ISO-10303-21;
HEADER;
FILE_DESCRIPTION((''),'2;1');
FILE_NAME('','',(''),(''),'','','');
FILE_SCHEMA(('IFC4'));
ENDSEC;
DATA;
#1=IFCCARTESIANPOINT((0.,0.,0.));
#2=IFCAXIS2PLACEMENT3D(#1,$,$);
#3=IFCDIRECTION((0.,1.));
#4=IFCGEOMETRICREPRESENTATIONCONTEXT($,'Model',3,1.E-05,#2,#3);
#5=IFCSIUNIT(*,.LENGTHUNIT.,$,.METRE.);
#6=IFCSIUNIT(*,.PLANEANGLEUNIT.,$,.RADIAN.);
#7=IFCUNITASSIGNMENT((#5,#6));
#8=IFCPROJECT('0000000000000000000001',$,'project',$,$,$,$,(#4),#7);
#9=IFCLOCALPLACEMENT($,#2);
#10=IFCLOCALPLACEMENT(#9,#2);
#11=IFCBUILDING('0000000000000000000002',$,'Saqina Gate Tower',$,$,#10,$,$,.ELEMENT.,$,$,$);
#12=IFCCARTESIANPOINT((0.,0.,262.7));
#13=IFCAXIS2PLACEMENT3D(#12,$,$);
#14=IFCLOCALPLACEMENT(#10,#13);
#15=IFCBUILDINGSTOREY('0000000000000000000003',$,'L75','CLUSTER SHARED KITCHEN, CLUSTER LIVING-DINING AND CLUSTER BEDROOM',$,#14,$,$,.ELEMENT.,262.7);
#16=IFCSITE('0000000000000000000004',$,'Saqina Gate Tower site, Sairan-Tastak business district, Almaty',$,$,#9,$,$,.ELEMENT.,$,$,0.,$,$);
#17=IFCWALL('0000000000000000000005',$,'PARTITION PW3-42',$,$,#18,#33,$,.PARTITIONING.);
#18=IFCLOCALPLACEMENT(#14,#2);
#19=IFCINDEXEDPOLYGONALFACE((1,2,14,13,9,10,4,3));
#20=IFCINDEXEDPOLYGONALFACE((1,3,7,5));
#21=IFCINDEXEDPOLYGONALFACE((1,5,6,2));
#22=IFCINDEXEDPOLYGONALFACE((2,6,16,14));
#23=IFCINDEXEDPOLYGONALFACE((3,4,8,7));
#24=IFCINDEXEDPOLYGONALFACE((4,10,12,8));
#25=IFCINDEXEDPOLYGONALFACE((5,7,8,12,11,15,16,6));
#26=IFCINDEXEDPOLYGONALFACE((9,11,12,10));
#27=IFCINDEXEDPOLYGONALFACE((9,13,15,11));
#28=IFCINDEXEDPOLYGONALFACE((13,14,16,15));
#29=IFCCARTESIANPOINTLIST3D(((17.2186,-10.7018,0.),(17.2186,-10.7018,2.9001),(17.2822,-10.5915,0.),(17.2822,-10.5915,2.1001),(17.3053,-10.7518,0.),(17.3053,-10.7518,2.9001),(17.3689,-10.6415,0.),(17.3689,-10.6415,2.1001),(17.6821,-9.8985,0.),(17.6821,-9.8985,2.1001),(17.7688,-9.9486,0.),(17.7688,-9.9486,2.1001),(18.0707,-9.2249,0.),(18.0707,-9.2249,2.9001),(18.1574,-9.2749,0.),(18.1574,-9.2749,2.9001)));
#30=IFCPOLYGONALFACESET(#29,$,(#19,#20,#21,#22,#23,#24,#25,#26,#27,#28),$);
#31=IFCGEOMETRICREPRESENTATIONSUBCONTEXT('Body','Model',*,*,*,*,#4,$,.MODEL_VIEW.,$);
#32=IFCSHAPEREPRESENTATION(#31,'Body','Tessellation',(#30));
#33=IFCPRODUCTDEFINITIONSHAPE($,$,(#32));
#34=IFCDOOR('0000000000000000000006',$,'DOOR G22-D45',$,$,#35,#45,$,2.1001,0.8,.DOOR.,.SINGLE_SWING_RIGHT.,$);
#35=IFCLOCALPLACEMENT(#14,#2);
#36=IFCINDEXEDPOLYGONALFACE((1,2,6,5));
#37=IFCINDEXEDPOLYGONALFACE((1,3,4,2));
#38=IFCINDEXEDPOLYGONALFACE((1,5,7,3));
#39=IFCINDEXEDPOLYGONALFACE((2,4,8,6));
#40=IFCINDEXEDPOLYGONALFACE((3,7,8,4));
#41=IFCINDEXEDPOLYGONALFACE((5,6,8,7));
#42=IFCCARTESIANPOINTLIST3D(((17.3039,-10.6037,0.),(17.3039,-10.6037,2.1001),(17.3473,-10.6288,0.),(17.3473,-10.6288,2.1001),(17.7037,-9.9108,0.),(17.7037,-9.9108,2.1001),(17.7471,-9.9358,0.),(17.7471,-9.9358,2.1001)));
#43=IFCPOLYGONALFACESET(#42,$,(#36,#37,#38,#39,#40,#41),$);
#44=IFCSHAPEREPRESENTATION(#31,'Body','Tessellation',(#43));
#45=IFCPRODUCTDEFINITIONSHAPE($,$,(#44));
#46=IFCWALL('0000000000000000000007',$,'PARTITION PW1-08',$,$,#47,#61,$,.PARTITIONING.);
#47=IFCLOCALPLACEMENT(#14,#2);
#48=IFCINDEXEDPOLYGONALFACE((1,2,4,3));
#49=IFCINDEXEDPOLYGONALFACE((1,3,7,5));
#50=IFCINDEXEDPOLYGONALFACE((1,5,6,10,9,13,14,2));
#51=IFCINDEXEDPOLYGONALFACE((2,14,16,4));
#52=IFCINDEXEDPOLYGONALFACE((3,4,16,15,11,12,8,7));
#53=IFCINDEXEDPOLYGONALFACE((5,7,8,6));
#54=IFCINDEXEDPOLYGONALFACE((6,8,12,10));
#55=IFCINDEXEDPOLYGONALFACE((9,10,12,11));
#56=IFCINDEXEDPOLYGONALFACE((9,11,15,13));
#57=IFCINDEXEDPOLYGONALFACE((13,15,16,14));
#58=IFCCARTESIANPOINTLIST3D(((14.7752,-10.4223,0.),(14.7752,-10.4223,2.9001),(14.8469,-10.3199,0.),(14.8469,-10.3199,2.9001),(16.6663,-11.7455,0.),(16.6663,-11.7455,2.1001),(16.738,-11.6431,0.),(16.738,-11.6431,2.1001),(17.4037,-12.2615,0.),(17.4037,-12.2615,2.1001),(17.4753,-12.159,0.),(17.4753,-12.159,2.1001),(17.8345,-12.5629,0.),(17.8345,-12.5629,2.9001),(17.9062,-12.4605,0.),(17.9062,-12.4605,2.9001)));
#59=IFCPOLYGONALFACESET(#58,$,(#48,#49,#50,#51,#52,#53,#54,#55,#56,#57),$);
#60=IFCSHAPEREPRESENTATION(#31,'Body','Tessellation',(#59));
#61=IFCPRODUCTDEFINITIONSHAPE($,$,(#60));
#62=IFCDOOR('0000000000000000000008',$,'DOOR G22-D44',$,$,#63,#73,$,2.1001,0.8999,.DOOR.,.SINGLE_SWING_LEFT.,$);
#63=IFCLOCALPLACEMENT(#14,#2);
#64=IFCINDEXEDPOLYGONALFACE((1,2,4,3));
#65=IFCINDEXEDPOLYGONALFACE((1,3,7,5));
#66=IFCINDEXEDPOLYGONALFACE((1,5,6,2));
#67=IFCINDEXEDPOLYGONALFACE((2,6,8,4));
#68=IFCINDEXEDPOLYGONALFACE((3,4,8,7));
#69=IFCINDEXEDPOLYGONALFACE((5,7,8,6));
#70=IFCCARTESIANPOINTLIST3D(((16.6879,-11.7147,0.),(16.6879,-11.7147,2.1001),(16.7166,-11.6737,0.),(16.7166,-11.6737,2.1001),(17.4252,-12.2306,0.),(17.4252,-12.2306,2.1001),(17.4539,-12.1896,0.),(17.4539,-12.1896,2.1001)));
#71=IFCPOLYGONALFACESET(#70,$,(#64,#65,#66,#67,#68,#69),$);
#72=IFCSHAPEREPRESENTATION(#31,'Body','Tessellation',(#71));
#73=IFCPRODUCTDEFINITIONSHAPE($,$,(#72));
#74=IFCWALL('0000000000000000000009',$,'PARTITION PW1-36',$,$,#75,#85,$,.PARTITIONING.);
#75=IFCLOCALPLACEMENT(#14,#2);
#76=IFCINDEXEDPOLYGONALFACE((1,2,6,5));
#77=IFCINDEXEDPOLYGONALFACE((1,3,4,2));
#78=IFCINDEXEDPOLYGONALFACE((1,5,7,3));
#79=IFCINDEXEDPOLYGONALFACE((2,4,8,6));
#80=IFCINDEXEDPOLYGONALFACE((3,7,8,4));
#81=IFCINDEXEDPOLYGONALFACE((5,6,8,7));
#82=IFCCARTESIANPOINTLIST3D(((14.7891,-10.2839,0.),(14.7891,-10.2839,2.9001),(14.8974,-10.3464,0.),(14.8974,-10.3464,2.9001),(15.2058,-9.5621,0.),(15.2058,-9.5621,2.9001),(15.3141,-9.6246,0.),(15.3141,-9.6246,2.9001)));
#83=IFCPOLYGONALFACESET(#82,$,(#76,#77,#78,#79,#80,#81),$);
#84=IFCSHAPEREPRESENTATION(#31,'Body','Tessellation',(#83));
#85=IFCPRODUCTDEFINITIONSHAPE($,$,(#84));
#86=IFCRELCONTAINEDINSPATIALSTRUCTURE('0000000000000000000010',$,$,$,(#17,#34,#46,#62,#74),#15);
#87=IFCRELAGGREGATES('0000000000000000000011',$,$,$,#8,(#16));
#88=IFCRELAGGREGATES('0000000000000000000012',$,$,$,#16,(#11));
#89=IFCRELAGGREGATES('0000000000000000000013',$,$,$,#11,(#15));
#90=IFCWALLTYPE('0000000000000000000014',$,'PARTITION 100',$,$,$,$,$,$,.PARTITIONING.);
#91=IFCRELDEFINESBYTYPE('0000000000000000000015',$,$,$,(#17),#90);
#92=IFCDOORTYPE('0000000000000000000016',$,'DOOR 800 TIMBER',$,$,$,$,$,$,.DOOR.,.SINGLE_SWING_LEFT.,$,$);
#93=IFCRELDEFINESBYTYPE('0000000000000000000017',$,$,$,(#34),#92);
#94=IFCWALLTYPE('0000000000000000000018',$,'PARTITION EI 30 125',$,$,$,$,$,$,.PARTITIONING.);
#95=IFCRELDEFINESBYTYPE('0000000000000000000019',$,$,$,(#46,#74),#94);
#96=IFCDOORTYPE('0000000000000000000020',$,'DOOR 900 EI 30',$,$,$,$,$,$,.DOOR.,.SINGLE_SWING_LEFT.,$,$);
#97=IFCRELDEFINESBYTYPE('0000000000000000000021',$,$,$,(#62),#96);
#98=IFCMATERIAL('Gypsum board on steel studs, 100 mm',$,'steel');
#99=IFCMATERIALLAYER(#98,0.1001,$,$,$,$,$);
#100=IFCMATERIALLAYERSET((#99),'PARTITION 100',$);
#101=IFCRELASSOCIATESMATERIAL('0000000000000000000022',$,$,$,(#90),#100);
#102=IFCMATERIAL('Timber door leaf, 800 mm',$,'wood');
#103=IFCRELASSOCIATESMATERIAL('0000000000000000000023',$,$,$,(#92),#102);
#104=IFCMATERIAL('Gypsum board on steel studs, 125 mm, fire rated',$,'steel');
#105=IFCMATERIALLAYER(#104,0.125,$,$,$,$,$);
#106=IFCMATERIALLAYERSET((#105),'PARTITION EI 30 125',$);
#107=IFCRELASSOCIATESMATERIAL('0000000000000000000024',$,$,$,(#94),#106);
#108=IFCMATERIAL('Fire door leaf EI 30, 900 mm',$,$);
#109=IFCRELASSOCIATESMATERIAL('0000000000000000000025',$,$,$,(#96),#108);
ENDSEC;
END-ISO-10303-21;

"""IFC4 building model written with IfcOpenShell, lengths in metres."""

from ifc_helpers import new_model, si_unit, direction, frame, frame_2d, origin, place, context, subcontext, project, spatial, rectangle, extrude, material, layer, layer_set, type_object, element, fill, save


model = new_model("IFC4")

# Units and contexts
model_context = context("Model", 3, precision=1e-05, world=origin(), true_north=direction((0.0, 1.0)))
body_context = subcontext(model_context, "Body", "Model", "MODEL_VIEW")
ifc_project = project(units=[si_unit("LENGTHUNIT", "METRE"), si_unit("PLANEANGLEUNIT", "RADIAN")], contexts=[model_context])

# Site, building, storey
site_placement = place(None, origin())
site = spatial("IfcSite", under=ifc_project, at=site_placement, Name="Saqina Gate Tower site, Sairan-Tastak business district, Almaty", CompositionType="ELEMENT", RefElevation=0.0)
building_placement = place(site_placement, origin())
building = spatial("IfcBuilding", under=site, at=building_placement, Name="Saqina Gate Tower", CompositionType="ELEMENT")
storey_placement = place(building_placement, frame((0.0, 0.0, 262.7)))
storey = spatial("IfcBuildingStorey", under=building, at=storey_placement, Name="L75", Description="CLUSTER SHARED KITCHEN, CLUSTER LIVING-DINING AND CLUSTER BEDROOM", CompositionType="ELEMENT", Elevation=262.7)

# Shared definitions
ifc_material_1 = material(Name="Gypsum board on steel studs, 100 mm", Category="steel")
ifc_layer_1 = layer(ifc_material_1, 0.1001)
ifc_layer_set_1 = layer_set([ifc_layer_1], Name="PARTITION 100")
wall_type_1 = type_object("IfcWallType", Name="PARTITION 100", PredefinedType="PARTITIONING", material=ifc_layer_set_1)

# Walls, openings, doors
wall_1_placement = place(storey_placement, frame((17.262, -10.7268, 0.0), z_axis=(0.0, 0.0, 1.0), x_axis=(0.499743, 0.866174, 0.0)))
wall_1 = element("IfcWall", 1, at=wall_1_placement, inside=storey, type_object=wall_type_1, Name="PARTITION PW3-42", PredefinedType="PARTITIONING", context=body_context, shape_type="SweptSolid", body=[
    extrude(rectangle(XDim=1.7051, YDim=0.1001, at=frame_2d((0.8525, 0.0))), origin(), (0.0, 0.0, 1.0), 2.9001),
])
opening_1_placement = place(wall_1_placement, frame((0.1274, 0.0, 0.0)))
opening_1 = element("IfcOpeningElement", 2, at=opening_1_placement, cuts=wall_1, PredefinedType="OPENING", context=body_context, shape_type="SweptSolid", body=[
    extrude(rectangle(XDim=0.8, YDim=2.1001, at=frame_2d((0.3999, 1.05))), frame((0.0, 0.062, 0.0), z_axis=(0.0, -1.0, 0.0), x_axis=(1.0, 0.0, 0.0)), (0.0, 0.0, 1.0), 0.124),
])
ifc_material_2 = material(Name="Timber door leaf, 800 mm", Category="wood")
door_type_1 = type_object("IfcDoorType", Name="DOOR 800 TIMBER", OperationType="SINGLE_SWING_LEFT", PredefinedType="DOOR", material=ifc_material_2)
door_1_placement = place(opening_1_placement, frame((0.8, 0.0, 0.0), z_axis=(0.0, 0.0, 1.0), x_axis=(-1.0, 0.0, 0.0)))
door_1 = element("IfcDoor", 3, at=door_1_placement, inside=storey, type_object=door_type_1, Name="DOOR G22-D45", OperationType="SINGLE_SWING_RIGHT", OverallHeight=2.1001, OverallWidth=0.8, PredefinedType="DOOR", context=body_context, shape_type="SweptSolid", body=[
    extrude(rectangle(XDim=0.8, YDim=2.1001, at=frame_2d((0.3999, 1.05))), frame((0.0, 0.0249, 0.0), z_axis=(0.0, -1.0, 0.0), x_axis=(1.0, 0.0, 0.0)), (0.0, 0.0, 1.0), 0.05),
])
fill(opening_1, door_1)
ifc_material_3 = material(Name="Gypsum board on steel studs, 125 mm, fire rated", Category="steel")
ifc_layer_2 = layer(ifc_material_3, 0.125)
ifc_layer_set_2 = layer_set([ifc_layer_2], Name="PARTITION EI 30 125")
wall_type_2 = type_object("IfcWallType", Name="PARTITION EI 30 125", PredefinedType="PARTITIONING", material=ifc_layer_set_2)
wall_2_placement = place(storey_placement, frame((14.811, -10.3711, 0.0), z_axis=(0.0, 0.0, 1.0), x_axis=(0.819346, -0.5733, 0.0)))
wall_2 = element("IfcWall", 4, at=wall_2_placement, inside=storey, type_object=wall_type_2, Name="PARTITION PW1-08", PredefinedType="PARTITIONING", context=body_context, shape_type="SweptSolid", body=[
    extrude(rectangle(XDim=3.7339, YDim=0.125, at=frame_2d((1.8669, 0.0))), origin(), (0.0, 0.0, 1.0), 2.9001),
])
opening_2_placement = place(wall_2_placement, frame((2.3081, 0.0, 0.0)))
opening_2 = element("IfcOpeningElement", 5, at=opening_2_placement, cuts=wall_2, PredefinedType="OPENING", context=body_context, shape_type="SweptSolid", body=[
    extrude(rectangle(XDim=0.8999, YDim=2.1001, at=frame_2d((0.45, 1.05))), frame((0.0, 0.0745, 0.0), z_axis=(0.0, -1.0, 0.0), x_axis=(1.0, 0.0, 0.0)), (0.0, 0.0, 1.0), 0.1489),
])
ifc_material_4 = material(Name="Fire door leaf EI 30, 900 mm")
door_type_2 = type_object("IfcDoorType", Name="DOOR 900 EI 30", OperationType="SINGLE_SWING_LEFT", PredefinedType="DOOR", material=ifc_material_4)
door_2_placement = place(opening_2_placement, frame((0.8999, 0.0, 0.0), z_axis=(0.0, 0.0, 1.0), x_axis=(-1.0, 0.0, 0.0)))
door_2 = element("IfcDoor", 6, at=door_2_placement, inside=storey, type_object=door_type_2, Name="DOOR G22-D44", OperationType="SINGLE_SWING_LEFT", OverallHeight=2.1001, OverallWidth=0.8999, PredefinedType="DOOR", context=body_context, shape_type="SweptSolid", body=[
    extrude(rectangle(XDim=0.8999, YDim=2.1001, at=frame_2d((0.45, 1.05))), frame((0.0, 0.0249, 0.0), z_axis=(0.0, -1.0, 0.0), x_axis=(1.0, 0.0, 0.0)), (0.0, 0.0, 1.0), 0.05),
])
fill(opening_2, door_2)

# Wall
wall_3_placement = place(storey_placement, frame((14.8433, -10.3152, 0.0), z_axis=(0.0, 0.0, 1.0), x_axis=(0.499951, 0.866054, 0.0)))
element("IfcWall", 7, at=wall_3_placement, inside=storey, type_object=wall_type_2, Name="PARTITION PW1-36", PredefinedType="PARTITIONING", context=body_context, shape_type="SweptSolid", body=[
    extrude(rectangle(XDim=0.8335, YDim=0.125, at=frame_2d((0.4167, 0.0))), origin(), (0.0, 0.0, 1.0), 2.9001),
])

save(model, "model.ifc")
